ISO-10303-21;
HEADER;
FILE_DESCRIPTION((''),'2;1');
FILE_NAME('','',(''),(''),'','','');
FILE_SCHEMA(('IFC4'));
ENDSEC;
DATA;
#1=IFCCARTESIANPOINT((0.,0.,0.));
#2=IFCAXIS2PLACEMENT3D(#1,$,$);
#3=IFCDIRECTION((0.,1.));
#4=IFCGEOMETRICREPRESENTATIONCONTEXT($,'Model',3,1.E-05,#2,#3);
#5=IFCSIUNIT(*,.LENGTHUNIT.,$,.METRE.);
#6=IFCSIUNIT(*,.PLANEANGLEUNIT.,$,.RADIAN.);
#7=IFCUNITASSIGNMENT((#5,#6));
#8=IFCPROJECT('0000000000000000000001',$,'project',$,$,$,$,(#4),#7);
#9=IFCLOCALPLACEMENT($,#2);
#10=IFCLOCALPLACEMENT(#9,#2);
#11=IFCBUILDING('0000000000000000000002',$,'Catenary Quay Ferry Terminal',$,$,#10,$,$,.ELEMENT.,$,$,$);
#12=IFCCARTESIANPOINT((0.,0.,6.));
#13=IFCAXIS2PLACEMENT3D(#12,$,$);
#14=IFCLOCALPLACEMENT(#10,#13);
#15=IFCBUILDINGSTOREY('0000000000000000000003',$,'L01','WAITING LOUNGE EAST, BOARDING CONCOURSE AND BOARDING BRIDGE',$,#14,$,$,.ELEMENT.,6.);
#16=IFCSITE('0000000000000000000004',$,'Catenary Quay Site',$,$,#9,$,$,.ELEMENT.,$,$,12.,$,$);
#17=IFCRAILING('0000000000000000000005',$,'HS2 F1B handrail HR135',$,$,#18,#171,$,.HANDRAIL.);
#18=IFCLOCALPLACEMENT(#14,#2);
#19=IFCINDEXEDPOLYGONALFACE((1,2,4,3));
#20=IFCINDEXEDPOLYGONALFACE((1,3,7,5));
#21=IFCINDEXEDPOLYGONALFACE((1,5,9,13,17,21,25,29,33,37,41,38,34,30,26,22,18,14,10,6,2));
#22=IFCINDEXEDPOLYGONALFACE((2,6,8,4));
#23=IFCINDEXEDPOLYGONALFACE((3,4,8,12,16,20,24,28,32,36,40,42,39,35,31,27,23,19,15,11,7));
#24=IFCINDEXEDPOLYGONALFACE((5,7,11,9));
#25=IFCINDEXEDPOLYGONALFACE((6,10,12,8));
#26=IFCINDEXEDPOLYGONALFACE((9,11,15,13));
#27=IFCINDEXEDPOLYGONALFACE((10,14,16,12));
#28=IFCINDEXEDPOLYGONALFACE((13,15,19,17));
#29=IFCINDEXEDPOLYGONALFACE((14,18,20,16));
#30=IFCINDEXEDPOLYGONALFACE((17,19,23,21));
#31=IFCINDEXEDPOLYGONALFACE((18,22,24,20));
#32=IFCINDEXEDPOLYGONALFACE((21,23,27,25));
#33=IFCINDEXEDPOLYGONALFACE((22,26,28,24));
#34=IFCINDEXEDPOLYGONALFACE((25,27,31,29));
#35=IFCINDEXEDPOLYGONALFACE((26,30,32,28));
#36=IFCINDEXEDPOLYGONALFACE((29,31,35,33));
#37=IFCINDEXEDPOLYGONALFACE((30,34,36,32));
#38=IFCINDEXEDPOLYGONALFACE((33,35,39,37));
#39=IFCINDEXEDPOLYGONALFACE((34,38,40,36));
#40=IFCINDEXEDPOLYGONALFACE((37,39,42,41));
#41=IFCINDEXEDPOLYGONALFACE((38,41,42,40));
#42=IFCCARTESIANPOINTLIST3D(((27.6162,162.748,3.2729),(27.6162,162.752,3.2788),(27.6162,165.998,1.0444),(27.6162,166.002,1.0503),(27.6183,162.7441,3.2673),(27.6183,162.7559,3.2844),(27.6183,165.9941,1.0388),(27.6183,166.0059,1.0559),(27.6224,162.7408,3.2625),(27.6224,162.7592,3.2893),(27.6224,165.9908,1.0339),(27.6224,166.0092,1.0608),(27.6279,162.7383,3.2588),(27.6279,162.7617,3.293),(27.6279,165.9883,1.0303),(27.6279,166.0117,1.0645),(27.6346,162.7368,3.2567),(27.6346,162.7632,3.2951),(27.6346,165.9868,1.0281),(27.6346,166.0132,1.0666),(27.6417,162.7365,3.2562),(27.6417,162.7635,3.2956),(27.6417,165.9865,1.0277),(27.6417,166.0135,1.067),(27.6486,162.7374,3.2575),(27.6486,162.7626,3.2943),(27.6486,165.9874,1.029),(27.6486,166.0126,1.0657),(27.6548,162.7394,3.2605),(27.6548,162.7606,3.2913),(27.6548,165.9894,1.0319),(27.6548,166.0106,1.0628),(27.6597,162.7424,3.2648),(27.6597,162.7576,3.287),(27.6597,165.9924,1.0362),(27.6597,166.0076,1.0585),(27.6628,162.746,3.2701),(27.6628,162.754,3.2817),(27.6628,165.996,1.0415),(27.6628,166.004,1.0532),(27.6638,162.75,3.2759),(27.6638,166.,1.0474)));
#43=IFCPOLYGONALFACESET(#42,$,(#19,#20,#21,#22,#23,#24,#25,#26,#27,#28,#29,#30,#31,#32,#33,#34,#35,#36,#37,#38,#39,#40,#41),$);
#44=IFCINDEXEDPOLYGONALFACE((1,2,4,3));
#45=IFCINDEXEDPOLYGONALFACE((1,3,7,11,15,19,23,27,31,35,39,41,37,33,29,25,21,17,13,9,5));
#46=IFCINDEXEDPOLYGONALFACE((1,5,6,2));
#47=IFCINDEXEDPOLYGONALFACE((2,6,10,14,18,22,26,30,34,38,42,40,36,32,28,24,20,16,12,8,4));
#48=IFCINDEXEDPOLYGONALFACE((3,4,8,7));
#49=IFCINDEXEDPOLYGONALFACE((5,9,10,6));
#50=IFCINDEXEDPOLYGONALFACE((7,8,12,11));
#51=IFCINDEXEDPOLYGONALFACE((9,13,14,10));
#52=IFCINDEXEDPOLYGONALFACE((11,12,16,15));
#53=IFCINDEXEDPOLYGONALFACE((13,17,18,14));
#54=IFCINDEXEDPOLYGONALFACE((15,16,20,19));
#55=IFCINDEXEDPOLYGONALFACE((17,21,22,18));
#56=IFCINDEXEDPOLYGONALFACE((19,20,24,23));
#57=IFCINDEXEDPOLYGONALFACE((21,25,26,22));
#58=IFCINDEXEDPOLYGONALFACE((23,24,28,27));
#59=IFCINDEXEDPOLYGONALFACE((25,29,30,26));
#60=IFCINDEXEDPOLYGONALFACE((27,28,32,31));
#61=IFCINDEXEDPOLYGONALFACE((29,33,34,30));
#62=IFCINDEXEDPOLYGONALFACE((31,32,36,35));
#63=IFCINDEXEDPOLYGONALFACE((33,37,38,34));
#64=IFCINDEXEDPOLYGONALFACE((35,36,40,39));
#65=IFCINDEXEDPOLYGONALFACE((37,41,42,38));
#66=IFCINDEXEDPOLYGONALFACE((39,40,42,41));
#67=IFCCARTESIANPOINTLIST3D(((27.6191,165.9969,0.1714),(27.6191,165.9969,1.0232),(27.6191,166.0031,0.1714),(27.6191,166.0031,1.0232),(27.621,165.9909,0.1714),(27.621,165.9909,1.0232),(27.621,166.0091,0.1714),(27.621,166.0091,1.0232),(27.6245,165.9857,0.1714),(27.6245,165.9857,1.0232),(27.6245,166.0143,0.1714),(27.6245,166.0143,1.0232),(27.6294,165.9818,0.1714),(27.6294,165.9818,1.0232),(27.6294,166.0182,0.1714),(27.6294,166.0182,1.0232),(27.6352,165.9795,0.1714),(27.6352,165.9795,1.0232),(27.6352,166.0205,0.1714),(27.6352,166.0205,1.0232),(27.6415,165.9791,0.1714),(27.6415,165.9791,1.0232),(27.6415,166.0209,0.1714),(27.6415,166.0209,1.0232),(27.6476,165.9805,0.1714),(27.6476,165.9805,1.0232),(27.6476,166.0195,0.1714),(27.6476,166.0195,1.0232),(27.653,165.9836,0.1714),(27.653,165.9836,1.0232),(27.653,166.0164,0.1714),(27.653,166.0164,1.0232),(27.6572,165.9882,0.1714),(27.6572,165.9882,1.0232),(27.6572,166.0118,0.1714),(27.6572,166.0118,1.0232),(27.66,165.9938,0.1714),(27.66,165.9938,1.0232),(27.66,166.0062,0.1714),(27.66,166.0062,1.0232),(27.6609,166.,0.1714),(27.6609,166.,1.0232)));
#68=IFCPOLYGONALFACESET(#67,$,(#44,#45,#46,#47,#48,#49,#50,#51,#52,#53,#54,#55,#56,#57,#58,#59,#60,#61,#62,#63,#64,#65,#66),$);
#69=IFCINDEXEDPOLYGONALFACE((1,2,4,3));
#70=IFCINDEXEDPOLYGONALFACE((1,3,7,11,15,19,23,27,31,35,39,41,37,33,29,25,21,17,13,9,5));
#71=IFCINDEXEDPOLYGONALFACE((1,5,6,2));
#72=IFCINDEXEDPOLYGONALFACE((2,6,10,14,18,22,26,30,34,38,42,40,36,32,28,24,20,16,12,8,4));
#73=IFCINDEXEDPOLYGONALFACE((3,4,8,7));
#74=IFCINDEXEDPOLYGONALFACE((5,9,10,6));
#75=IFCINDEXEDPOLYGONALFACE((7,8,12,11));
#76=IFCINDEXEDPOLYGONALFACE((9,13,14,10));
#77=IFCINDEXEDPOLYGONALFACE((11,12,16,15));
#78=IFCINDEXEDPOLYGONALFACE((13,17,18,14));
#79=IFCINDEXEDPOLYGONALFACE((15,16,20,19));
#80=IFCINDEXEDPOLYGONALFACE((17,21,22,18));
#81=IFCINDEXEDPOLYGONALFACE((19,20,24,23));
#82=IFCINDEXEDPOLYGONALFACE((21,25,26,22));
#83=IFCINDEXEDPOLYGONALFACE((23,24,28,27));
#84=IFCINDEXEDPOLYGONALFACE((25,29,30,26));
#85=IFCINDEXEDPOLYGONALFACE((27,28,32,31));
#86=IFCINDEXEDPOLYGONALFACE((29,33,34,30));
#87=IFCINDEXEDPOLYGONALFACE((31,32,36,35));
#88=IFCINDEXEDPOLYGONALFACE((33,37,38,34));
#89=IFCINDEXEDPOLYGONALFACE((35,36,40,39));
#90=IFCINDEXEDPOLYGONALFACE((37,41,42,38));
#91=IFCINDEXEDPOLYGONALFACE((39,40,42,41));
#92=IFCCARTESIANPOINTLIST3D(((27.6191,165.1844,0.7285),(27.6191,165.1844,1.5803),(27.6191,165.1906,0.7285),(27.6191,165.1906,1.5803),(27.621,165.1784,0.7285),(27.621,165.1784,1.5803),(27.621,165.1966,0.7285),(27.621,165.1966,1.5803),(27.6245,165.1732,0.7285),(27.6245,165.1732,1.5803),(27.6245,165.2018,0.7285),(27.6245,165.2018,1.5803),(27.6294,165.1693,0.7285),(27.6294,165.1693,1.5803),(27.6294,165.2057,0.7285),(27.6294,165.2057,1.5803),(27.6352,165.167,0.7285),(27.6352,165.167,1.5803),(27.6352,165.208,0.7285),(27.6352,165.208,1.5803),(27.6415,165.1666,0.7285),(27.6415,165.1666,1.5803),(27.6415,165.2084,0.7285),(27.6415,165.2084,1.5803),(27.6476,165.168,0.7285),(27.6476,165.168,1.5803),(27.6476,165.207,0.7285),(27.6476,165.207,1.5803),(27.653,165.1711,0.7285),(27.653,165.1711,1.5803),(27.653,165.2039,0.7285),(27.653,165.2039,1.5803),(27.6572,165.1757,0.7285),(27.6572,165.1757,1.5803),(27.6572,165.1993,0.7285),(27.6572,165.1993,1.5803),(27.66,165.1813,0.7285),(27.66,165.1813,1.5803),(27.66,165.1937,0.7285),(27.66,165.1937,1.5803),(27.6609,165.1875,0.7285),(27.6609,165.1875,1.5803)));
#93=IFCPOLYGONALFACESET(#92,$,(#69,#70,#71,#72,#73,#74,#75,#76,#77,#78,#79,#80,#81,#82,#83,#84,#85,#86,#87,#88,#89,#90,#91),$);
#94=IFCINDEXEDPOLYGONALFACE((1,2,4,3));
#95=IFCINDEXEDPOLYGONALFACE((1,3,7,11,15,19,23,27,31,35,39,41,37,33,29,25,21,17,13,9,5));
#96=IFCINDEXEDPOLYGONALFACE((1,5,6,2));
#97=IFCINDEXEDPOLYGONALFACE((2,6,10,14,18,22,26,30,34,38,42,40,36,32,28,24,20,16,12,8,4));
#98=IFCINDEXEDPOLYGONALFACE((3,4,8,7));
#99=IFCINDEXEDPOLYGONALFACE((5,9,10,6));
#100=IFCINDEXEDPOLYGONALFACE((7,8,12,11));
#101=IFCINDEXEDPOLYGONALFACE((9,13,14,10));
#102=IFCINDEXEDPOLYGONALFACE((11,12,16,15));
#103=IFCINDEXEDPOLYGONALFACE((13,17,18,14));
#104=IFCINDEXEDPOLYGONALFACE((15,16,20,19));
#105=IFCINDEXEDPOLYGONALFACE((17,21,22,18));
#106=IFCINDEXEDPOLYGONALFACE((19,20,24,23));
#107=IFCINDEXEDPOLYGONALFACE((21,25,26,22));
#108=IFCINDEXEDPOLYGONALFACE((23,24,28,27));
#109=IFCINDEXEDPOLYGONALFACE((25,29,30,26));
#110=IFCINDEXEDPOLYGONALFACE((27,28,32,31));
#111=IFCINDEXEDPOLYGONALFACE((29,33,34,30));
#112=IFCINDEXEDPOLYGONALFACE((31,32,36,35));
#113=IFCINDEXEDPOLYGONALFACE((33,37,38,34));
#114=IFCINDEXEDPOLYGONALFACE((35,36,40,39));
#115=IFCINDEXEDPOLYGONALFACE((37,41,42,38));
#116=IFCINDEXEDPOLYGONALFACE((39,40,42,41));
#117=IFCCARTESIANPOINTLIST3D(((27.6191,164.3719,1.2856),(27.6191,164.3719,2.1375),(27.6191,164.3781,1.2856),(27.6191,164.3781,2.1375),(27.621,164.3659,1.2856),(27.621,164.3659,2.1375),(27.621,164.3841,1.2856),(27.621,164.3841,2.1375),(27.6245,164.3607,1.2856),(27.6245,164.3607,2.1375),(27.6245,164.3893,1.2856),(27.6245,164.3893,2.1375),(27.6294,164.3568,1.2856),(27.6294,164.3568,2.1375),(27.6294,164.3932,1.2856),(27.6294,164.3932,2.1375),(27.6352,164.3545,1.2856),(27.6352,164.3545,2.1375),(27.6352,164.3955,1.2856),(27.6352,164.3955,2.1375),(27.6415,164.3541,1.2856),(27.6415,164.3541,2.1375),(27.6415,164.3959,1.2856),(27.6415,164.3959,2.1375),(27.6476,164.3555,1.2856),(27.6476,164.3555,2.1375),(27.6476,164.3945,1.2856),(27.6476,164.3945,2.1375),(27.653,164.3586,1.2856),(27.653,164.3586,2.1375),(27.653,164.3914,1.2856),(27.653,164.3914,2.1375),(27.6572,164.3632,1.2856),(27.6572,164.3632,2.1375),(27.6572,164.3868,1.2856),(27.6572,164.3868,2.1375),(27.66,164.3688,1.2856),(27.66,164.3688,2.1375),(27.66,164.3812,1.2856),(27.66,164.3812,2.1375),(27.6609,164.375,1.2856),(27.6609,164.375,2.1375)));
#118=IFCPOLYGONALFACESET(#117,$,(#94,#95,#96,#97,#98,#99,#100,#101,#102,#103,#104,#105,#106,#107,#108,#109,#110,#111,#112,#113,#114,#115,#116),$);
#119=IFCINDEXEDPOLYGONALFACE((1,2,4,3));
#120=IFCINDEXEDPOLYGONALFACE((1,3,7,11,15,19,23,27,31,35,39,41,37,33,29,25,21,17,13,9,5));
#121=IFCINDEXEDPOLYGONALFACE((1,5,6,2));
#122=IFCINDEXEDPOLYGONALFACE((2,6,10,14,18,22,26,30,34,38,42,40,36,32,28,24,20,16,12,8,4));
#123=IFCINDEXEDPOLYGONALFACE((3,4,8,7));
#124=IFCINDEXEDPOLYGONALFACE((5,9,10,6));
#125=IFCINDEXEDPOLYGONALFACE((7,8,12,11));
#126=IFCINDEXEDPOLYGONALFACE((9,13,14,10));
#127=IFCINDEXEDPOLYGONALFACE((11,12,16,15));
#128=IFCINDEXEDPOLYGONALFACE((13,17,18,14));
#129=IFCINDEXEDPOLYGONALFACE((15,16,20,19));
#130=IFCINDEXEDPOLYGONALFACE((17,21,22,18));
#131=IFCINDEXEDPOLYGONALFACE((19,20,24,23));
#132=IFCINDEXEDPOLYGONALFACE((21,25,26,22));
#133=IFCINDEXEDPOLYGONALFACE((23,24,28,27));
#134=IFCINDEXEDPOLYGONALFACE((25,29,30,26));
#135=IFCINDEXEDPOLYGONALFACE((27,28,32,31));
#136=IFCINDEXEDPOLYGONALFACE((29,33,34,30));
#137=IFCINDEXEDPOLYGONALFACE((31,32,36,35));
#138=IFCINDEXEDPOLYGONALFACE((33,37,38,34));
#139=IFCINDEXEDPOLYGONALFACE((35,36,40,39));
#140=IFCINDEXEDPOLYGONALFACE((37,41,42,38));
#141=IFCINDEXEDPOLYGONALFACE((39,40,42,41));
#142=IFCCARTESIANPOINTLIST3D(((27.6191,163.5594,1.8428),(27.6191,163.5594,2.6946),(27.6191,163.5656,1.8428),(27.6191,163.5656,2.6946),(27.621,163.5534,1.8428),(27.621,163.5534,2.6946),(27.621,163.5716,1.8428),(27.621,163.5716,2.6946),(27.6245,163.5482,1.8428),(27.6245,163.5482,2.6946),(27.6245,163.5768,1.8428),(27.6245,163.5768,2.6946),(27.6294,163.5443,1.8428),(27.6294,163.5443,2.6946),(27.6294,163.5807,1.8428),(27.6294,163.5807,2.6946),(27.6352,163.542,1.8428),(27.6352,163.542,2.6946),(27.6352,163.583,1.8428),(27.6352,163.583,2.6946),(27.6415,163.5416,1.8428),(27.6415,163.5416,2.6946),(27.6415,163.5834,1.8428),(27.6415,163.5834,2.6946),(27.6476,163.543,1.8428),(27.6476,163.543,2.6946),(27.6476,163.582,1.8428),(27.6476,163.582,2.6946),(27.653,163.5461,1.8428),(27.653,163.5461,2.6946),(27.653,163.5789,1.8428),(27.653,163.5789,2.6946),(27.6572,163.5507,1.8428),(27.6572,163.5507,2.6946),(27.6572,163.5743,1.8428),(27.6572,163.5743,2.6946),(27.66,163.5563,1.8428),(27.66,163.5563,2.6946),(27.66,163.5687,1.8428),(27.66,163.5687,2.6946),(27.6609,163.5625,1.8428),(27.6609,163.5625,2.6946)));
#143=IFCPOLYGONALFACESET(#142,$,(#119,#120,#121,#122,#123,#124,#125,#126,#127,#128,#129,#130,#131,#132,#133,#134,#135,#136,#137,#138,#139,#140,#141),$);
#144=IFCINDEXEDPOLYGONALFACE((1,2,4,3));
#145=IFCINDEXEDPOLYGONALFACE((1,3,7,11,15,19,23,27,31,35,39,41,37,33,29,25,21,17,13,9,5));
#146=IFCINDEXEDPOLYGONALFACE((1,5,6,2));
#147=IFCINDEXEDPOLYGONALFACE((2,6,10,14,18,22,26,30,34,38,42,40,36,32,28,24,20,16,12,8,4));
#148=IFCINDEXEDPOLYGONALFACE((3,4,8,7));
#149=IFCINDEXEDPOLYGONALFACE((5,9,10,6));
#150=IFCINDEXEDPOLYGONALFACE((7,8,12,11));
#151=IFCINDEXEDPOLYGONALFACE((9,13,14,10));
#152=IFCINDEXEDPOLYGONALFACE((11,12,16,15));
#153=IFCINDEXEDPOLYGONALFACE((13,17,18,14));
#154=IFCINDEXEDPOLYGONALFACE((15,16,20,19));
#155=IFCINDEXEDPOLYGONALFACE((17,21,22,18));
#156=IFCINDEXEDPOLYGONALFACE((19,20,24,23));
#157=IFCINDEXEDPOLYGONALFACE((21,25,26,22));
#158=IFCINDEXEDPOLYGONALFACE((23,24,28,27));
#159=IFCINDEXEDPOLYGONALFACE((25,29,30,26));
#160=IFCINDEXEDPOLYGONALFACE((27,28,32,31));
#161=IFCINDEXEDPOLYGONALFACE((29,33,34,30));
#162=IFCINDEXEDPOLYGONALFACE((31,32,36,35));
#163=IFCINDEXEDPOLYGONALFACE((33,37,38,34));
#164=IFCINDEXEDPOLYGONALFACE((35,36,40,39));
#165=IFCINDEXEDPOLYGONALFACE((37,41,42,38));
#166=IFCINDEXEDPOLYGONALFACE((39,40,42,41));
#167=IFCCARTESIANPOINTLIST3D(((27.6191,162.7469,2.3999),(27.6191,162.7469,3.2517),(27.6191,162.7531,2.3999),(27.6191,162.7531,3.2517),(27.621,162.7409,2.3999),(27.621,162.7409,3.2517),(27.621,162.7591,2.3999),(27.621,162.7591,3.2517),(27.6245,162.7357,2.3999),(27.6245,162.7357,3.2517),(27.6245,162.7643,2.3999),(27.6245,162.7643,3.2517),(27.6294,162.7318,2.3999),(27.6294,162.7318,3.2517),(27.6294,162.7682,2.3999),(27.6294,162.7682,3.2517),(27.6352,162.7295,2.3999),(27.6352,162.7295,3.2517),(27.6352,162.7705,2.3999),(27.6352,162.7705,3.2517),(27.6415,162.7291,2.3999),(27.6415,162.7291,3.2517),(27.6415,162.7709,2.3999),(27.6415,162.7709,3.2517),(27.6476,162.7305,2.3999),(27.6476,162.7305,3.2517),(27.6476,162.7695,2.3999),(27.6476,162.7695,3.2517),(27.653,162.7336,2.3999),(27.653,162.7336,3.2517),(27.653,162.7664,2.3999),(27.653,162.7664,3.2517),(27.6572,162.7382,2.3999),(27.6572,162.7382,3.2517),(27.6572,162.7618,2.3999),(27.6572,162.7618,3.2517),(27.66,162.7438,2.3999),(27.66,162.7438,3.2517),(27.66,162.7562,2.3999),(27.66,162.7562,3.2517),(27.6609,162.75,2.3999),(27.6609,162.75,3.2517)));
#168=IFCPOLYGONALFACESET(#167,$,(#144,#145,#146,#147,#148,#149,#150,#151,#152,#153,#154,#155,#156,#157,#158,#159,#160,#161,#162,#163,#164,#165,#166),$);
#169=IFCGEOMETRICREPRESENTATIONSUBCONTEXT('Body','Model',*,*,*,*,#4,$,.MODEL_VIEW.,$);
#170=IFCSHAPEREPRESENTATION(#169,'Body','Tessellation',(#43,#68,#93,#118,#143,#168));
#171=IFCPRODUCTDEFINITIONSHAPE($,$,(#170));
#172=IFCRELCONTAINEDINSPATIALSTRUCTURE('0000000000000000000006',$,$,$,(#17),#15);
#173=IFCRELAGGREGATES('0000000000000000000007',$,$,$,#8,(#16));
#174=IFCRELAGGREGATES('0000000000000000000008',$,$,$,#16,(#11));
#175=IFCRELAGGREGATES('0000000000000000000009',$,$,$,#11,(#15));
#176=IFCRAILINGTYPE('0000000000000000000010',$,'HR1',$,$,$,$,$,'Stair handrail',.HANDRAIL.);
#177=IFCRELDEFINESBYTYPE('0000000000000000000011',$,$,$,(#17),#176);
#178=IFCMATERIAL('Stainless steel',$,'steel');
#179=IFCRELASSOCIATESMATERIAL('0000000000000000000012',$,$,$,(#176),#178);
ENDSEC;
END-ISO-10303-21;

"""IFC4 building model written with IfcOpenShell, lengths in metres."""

from ifc_helpers import new_model, si_unit, direction, frame, origin, origin_2d, place, context, subcontext, project, spatial, circle, extrude, material, type_object, element, save


model = new_model("IFC4")

# Units and contexts
model_context = context("Model", 3, precision=1e-05, world=origin(), true_north=direction((0.0, 1.0)))
body_context = subcontext(model_context, "Body", "Model", "MODEL_VIEW")
ifc_project = project(units=[si_unit("LENGTHUNIT", "METRE"), si_unit("PLANEANGLEUNIT", "RADIAN")], contexts=[model_context])

# Site, building, storey
site_placement = place(None, origin())
site = spatial("IfcSite", under=ifc_project, at=site_placement, Name="Catenary Quay Site", CompositionType="ELEMENT", RefElevation=12.0)
building_placement = place(site_placement, origin())
building = spatial("IfcBuilding", under=site, at=building_placement, Name="Catenary Quay Ferry Terminal", CompositionType="ELEMENT")
storey_placement = place(building_placement, frame((0.0, 0.0, 6.0)))
storey = spatial("IfcBuildingStorey", under=building, at=storey_placement, Name="L01", Description="WAITING LOUNGE EAST, BOARDING CONCOURSE AND BOARDING BRIDGE", CompositionType="ELEMENT", Elevation=6.0)

# Railing
ifc_material_1 = material(Name="Stainless steel", Category="steel")
railing_type_1 = type_object("IfcRailingType", Name="HR1", ElementType="Stair handrail", PredefinedType="HANDRAIL", material=ifc_material_1)
for number, where, name in (
    (1, (27.6399, 166.0, 0.1714), "HS2 F1B handrail HR135"),
):
    element("IfcRailing", number, at=place(storey_placement, frame(where)), inside=storey, type_object=railing_type_1, Name=name, PredefinedType="HANDRAIL", context=body_context, shape_type="SweptSolid", body=[
        extrude(circle(Radius=0.0239, at=origin_2d()), frame((0.0, 0.0, 0.876), z_axis=(0.0, -0.824735, 0.565519), x_axis=(1.0, 0.0, 0.0)), (0.0, 0.0, 1.0), 3.9407),
        extrude(circle(Radius=0.021, at=origin_2d()), origin(), (0.0, 0.0, 1.0), 0.8518),
        extrude(circle(Radius=0.021, at=origin_2d()), frame((0.0, -0.8125, 0.5571)), (0.0, 0.0, 1.0), 0.8518),
        extrude(circle(Radius=0.021, at=origin_2d()), frame((0.0, -1.625, 1.1143)), (0.0, 0.0, 1.0), 0.8518),
        extrude(circle(Radius=0.021, at=origin_2d()), frame((0.0, -2.4375, 1.6714)), (0.0, 0.0, 1.0), 0.8518),
        extrude(circle(Radius=0.021, at=origin_2d()), frame((0.0, -3.25, 2.2285)), (0.0, 0.0, 1.0), 0.8518),
    ])

save(model, "model.ifc")
